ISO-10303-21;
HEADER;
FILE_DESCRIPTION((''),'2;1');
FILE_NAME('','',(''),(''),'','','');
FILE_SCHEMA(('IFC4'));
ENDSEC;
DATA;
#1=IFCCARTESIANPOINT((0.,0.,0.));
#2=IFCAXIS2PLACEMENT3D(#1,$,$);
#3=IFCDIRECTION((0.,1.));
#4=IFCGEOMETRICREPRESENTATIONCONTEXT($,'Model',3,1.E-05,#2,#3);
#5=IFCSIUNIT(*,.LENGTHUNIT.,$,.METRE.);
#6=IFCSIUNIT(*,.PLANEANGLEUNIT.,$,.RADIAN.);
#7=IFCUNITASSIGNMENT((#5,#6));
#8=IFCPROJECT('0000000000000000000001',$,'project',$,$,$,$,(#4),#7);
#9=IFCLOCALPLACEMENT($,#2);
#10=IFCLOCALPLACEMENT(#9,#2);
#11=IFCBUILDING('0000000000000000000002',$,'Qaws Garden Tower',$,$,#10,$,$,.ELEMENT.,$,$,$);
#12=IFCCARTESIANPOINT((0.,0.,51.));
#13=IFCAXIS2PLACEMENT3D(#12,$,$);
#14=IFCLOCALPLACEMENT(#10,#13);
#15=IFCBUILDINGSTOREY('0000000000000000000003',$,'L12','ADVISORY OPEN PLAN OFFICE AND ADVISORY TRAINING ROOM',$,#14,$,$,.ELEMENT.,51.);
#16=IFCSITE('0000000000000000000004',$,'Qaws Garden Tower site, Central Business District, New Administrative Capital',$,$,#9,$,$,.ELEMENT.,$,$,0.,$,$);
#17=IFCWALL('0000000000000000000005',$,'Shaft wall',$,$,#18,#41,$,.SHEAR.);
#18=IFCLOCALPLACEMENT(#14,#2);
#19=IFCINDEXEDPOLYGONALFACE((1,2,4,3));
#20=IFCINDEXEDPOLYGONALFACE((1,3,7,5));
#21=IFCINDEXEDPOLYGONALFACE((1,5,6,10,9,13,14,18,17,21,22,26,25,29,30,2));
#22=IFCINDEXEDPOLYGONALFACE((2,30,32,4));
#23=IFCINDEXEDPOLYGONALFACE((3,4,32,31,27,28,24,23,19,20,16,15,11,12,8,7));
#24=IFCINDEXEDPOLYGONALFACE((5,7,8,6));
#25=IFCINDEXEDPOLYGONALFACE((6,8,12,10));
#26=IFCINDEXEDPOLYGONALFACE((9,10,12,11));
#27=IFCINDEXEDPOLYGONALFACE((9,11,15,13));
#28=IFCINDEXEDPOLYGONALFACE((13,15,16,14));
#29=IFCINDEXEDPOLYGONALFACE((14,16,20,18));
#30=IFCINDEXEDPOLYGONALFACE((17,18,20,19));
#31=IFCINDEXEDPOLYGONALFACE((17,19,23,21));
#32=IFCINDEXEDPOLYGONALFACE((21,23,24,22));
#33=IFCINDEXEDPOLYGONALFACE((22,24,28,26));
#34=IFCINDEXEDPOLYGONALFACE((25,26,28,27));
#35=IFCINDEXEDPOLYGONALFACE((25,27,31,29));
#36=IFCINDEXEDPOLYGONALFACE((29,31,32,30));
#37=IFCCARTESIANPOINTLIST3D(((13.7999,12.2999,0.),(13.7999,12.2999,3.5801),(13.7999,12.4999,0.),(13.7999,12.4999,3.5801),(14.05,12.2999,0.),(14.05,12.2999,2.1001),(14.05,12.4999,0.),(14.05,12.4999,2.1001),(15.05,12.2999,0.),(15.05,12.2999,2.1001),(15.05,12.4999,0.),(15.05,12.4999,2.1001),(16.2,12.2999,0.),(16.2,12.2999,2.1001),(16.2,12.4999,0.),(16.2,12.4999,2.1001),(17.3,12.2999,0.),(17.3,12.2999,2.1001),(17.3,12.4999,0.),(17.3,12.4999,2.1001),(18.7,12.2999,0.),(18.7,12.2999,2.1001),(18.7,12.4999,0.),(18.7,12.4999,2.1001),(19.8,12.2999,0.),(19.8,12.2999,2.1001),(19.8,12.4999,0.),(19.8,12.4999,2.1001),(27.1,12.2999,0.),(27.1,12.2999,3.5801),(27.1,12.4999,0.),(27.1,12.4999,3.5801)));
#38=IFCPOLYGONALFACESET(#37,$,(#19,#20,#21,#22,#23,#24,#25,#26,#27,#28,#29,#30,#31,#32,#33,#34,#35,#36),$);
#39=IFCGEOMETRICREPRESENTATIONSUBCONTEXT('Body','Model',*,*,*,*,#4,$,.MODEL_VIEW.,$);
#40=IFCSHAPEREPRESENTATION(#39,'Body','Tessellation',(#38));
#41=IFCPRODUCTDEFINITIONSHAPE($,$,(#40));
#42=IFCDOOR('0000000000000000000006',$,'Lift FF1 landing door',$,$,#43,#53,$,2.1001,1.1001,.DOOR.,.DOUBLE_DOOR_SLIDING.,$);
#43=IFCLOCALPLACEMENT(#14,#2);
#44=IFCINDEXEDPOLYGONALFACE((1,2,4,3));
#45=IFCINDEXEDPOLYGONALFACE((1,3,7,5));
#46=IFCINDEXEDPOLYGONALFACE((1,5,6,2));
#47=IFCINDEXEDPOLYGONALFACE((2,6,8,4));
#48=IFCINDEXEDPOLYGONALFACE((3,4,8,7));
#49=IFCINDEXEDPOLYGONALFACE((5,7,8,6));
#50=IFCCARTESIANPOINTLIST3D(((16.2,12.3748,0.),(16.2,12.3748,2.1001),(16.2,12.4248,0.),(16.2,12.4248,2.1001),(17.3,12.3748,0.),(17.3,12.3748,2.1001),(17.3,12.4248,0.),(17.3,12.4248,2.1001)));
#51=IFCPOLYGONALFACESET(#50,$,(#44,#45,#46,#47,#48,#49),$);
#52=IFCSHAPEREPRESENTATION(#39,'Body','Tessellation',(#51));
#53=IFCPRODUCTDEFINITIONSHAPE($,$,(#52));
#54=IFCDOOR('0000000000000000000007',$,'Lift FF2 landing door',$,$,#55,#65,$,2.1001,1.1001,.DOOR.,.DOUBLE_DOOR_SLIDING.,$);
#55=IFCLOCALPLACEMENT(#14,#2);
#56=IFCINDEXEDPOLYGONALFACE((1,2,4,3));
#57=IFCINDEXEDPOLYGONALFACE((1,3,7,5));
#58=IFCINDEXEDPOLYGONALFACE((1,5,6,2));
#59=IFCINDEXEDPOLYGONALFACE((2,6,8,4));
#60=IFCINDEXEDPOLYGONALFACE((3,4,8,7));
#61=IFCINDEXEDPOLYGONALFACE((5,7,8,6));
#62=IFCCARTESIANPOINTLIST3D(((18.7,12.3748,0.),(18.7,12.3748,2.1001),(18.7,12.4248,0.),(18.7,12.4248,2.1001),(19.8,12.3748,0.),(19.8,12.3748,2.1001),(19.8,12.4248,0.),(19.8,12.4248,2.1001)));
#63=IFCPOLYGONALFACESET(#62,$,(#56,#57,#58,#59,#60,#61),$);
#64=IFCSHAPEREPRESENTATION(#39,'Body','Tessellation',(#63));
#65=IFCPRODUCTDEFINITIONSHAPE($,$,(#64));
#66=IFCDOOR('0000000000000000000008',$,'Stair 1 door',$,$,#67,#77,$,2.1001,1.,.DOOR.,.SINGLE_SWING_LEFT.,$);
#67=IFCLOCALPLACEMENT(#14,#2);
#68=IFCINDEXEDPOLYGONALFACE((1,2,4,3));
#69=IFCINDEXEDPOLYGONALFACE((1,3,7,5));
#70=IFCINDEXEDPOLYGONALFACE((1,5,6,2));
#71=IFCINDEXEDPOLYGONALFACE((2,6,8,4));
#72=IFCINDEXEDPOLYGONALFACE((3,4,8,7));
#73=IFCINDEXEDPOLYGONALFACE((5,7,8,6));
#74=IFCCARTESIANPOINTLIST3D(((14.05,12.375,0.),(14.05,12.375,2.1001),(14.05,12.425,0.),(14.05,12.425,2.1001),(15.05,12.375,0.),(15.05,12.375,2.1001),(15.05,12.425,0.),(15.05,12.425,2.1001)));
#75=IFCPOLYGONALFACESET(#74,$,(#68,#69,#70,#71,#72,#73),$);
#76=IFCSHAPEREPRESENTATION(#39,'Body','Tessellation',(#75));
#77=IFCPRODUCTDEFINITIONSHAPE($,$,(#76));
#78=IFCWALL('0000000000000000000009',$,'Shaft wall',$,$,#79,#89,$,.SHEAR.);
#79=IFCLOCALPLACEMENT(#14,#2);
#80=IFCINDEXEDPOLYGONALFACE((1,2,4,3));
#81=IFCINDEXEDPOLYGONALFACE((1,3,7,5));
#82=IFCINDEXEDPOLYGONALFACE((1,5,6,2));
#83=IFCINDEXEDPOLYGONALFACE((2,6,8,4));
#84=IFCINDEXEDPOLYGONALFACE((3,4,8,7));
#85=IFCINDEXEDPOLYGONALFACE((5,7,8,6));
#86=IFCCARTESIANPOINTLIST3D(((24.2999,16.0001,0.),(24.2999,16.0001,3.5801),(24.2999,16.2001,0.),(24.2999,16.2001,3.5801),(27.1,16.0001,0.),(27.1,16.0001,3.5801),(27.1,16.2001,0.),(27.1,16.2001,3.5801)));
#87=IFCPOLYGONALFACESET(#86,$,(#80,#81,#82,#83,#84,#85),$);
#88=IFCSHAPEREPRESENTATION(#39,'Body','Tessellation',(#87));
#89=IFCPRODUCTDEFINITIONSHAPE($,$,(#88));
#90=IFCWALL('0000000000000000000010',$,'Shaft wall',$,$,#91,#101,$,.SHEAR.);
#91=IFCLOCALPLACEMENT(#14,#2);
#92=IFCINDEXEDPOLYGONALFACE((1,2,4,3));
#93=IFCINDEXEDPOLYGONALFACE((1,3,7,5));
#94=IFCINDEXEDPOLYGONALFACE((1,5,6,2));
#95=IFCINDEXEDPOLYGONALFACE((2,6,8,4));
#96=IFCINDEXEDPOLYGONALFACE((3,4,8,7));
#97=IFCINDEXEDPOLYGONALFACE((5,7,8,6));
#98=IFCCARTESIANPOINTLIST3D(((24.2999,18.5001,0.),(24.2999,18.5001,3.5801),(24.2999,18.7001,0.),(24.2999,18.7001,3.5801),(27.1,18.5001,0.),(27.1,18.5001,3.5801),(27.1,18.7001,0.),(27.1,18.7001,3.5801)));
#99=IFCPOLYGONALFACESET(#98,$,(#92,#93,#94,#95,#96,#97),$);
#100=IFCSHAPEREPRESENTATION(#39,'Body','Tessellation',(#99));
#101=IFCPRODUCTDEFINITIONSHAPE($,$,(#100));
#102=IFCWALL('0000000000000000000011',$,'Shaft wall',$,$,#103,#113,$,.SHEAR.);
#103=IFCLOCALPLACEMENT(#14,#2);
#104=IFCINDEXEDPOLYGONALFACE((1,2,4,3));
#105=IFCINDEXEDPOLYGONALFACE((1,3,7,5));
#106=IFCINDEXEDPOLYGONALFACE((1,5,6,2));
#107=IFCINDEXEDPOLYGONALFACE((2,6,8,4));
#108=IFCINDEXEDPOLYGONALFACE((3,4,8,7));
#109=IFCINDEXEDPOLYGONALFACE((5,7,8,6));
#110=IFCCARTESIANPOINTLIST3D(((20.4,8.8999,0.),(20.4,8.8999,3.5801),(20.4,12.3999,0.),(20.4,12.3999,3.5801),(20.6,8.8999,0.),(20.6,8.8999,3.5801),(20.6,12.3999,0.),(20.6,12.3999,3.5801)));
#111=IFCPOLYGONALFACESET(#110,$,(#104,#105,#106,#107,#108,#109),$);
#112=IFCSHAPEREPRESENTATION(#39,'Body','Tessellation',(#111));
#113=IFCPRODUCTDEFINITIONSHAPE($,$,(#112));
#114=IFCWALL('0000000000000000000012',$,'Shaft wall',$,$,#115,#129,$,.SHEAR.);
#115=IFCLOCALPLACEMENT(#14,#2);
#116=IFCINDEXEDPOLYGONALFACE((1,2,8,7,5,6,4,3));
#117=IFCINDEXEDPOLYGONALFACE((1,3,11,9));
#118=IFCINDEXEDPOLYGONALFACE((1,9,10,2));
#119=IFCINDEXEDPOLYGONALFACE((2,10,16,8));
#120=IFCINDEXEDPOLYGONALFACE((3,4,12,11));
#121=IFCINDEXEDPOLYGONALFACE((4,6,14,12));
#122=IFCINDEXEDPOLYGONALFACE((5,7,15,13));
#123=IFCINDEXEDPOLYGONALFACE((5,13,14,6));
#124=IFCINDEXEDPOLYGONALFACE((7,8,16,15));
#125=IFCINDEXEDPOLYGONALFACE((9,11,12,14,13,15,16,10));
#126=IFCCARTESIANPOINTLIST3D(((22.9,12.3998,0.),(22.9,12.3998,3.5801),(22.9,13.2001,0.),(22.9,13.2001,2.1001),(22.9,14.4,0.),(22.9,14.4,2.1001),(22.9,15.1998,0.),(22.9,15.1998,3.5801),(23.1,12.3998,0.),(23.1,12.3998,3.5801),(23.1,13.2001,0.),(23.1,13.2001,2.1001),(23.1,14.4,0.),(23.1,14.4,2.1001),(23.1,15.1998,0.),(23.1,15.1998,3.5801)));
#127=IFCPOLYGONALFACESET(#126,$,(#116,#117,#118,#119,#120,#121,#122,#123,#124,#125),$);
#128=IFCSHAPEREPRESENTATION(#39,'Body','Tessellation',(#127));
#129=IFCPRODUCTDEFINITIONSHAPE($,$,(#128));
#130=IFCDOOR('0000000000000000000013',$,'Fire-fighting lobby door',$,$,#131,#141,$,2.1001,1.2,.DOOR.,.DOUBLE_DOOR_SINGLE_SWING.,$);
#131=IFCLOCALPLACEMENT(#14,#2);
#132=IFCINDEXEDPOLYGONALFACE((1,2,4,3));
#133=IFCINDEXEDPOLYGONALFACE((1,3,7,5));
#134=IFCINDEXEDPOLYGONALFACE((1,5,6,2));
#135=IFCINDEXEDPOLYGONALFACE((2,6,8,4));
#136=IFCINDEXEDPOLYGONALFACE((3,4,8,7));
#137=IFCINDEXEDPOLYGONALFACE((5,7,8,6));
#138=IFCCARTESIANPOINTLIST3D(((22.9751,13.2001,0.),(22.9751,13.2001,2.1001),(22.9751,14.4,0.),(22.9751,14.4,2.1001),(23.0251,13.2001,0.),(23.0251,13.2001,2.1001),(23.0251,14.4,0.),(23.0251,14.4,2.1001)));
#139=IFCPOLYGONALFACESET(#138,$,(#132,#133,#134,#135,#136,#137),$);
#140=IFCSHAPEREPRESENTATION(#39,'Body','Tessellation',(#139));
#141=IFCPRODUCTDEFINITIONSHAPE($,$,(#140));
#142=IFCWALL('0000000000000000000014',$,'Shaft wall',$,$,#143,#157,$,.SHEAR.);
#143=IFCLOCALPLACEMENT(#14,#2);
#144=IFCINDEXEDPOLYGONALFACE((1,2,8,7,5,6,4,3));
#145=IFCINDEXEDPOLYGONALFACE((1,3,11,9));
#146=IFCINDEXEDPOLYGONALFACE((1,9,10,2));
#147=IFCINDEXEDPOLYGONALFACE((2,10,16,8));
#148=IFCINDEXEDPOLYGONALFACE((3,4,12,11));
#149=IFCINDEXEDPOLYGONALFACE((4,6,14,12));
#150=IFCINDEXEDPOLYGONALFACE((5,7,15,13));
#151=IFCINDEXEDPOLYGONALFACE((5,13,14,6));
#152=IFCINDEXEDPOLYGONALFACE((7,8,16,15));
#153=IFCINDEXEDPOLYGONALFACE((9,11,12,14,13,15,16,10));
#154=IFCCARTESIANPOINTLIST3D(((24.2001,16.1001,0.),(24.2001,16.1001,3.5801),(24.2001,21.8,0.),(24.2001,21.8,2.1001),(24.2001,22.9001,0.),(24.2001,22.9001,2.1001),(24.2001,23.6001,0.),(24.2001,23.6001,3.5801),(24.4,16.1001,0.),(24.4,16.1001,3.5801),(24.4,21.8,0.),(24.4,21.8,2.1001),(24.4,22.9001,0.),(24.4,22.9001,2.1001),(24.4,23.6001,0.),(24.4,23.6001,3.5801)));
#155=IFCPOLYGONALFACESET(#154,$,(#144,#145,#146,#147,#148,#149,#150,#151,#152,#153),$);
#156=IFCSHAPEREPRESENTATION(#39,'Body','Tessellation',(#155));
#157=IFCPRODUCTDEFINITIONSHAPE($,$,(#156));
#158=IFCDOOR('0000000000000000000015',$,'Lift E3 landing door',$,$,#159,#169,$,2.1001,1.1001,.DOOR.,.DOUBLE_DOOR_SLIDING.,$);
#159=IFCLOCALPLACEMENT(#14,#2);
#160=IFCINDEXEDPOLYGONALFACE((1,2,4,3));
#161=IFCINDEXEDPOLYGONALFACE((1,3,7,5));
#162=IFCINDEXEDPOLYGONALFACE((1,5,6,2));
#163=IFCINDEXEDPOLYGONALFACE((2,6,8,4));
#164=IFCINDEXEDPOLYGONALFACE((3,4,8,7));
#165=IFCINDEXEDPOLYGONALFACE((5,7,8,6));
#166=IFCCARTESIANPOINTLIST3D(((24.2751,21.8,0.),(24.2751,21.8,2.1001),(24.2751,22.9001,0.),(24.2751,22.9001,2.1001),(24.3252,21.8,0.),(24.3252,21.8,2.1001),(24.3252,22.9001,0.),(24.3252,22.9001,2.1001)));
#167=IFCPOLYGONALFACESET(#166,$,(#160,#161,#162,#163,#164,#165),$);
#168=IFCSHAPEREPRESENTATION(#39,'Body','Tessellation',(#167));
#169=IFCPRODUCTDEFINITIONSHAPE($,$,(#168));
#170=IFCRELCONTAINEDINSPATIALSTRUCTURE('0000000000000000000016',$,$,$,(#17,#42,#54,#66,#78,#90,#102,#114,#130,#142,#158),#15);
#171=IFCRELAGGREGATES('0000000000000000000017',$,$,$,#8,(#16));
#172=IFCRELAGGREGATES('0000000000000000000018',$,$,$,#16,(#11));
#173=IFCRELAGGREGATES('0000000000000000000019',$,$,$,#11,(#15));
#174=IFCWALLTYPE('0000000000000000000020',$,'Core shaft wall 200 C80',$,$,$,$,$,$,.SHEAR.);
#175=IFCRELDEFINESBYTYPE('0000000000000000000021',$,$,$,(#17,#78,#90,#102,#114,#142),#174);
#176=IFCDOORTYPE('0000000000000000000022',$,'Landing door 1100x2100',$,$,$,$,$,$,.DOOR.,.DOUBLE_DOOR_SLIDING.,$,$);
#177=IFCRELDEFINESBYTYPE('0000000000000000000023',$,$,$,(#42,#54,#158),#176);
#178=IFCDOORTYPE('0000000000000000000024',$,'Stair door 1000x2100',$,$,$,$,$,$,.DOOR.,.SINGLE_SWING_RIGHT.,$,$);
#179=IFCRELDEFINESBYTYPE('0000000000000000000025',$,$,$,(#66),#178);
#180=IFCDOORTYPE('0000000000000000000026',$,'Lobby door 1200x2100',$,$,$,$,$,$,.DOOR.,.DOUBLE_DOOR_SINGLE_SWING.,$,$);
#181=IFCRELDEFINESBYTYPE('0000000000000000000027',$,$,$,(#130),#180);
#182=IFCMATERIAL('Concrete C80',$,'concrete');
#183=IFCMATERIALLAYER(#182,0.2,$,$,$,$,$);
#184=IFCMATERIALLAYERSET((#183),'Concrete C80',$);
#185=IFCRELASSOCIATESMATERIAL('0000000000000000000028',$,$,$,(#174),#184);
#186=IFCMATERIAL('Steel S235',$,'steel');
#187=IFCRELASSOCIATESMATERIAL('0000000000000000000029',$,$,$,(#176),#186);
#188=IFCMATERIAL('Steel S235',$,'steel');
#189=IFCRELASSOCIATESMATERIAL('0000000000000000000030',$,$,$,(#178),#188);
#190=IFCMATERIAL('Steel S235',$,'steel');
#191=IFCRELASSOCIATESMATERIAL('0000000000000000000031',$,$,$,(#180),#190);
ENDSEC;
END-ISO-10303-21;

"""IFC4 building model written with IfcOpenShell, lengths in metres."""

from ifc_helpers import new_model, si_unit, direction, frame, frame_2d, origin, place, context, subcontext, project, spatial, rectangle, extrude, material, layer, layer_set, type_object, element, fill, save


model = new_model("IFC4")

# Units and contexts
model_context = context("Model", 3, precision=1e-05, world=origin(), true_north=direction((0.0, 1.0)))
body_context = subcontext(model_context, "Body", "Model", "MODEL_VIEW")
ifc_project = project(units=[si_unit("LENGTHUNIT", "METRE"), si_unit("PLANEANGLEUNIT", "RADIAN")], contexts=[model_context])

# Site, building, storey
site_placement = place(None, origin())
site = spatial("IfcSite", under=ifc_project, at=site_placement, Name="Qaws Garden Tower site, Central Business District, New Administrative Capital", CompositionType="ELEMENT", RefElevation=0.0)
building_placement = place(site_placement, origin())
building = spatial("IfcBuilding", under=site, at=building_placement, Name="Qaws Garden Tower", CompositionType="ELEMENT")
storey_placement = place(building_placement, frame((0.0, 0.0, 51.0)))
storey = spatial("IfcBuildingStorey", under=building, at=storey_placement, Name="L12", Description="ADVISORY OPEN PLAN OFFICE AND ADVISORY TRAINING ROOM", CompositionType="ELEMENT", Elevation=51.0)

# Wall, openings, doors
ifc_material_1 = material(Name="Concrete C80", Category="concrete")
ifc_layer_1 = layer(ifc_material_1, 0.2)
ifc_layer_set_1 = layer_set([ifc_layer_1], Name="Concrete C80")
wall_type_1 = type_object("IfcWallType", Name="Core shaft wall 200 C80", PredefinedType="SHEAR", material=ifc_layer_set_1)
wall_1_placement = place(storey_placement, frame((13.8, 12.3999, 0.0), z_axis=(0.0, 0.0, 1.0), x_axis=(1.0, 0.0, 0.0)))
wall_1 = element("IfcWall", 1, at=wall_1_placement, inside=storey, type_object=wall_type_1, Name="Shaft wall", PredefinedType="SHEAR", context=body_context, shape_type="SweptSolid", body=[
    extrude(rectangle(XDim=13.3, YDim=0.2, at=frame_2d((6.6499, 0.0))), origin(), (0.0, 0.0, 1.0), 3.5801),
])
opening_1_placement = place(wall_1_placement, frame((2.3999, 0.0, 0.0)))
opening_1 = element("IfcOpeningElement", 2, at=opening_1_placement, cuts=wall_1, PredefinedType="OPENING", context=body_context, shape_type="SweptSolid", body=[
    extrude(rectangle(XDim=1.1001, YDim=2.1001, at=frame_2d((0.55, 1.05))), frame((0.0, 0.1099, 0.0), z_axis=(0.0, -1.0, 0.0), x_axis=(1.0, 0.0, 0.0)), (0.0, 0.0, 1.0), 0.22),
])
opening_2_placement = place(wall_1_placement, frame((4.8999, 0.0, 0.0)))
opening_2 = element("IfcOpeningElement", 3, at=opening_2_placement, cuts=wall_1, PredefinedType="OPENING", context=body_context, shape_type="SweptSolid", body=[
    extrude(rectangle(XDim=1.1001, YDim=2.1001, at=frame_2d((0.55, 1.05))), frame((0.0, 0.1099, 0.0), z_axis=(0.0, -1.0, 0.0), x_axis=(1.0, 0.0, 0.0)), (0.0, 0.0, 1.0), 0.22),
])
opening_3_placement = place(wall_1_placement, frame((0.25, 0.0, 0.0)))
opening_3 = element("IfcOpeningElement", 4, at=opening_3_placement, cuts=wall_1, PredefinedType="OPENING", context=body_context, shape_type="SweptSolid", body=[
    extrude(rectangle(XDim=1.0, YDim=2.1001, at=frame_2d((0.5, 1.05))), frame((0.0, 0.1099, 0.0), z_axis=(0.0, -1.0, 0.0), x_axis=(1.0, 0.0, 0.0)), (0.0, 0.0, 1.0), 0.22),
])
ifc_material_2 = material(Name="Steel S235", Category="steel")
door_type_1 = type_object("IfcDoorType", Name="Landing door 1100x2100", OperationType="DOUBLE_DOOR_SLIDING", PredefinedType="DOOR", material=ifc_material_2)
door_1_placement = place(opening_1_placement, origin())
door_1 = element("IfcDoor", 5, at=door_1_placement, inside=storey, type_object=door_type_1, Name="Lift FF1 landing door", OperationType="DOUBLE_DOOR_SLIDING", OverallHeight=2.1001, OverallWidth=1.1001, PredefinedType="DOOR", context=body_context, shape_type="SweptSolid", body=[
    extrude(rectangle(XDim=1.1001, YDim=2.1001, at=frame_2d((0.55, 1.05))), frame((0.0, 0.0249, 0.0), z_axis=(0.0, -1.0, 0.0), x_axis=(1.0, 0.0, 0.0)), (0.0, 0.0, 1.0), 0.05),
])
fill(opening_1, door_1)
door_2_placement = place(opening_2_placement, origin())
door_2 = element("IfcDoor", 6, at=door_2_placement, inside=storey, type_object=door_type_1, Name="Lift FF2 landing door", OperationType="DOUBLE_DOOR_SLIDING", OverallHeight=2.1001, OverallWidth=1.1001, PredefinedType="DOOR", context=body_context, shape_type="SweptSolid", body=[
    extrude(rectangle(XDim=1.1001, YDim=2.1001, at=frame_2d((0.55, 1.05))), frame((0.0, 0.0249, 0.0), z_axis=(0.0, -1.0, 0.0), x_axis=(1.0, 0.0, 0.0)), (0.0, 0.0, 1.0), 0.05),
])
fill(opening_2, door_2)
ifc_material_3 = material(Name="Steel S235", Category="steel")
door_type_2 = type_object("IfcDoorType", Name="Stair door 1000x2100", OperationType="SINGLE_SWING_RIGHT", PredefinedType="DOOR", material=ifc_material_3)
door_3_placement = place(opening_3_placement, frame((1.0, 0.0, 0.0), z_axis=(0.0, 0.0, 1.0), x_axis=(-1.0, 0.0, 0.0)))
door_3 = element("IfcDoor", 7, at=door_3_placement, inside=storey, type_object=door_type_2, Name="Stair 1 door", OperationType="SINGLE_SWING_LEFT", OverallHeight=2.1001, OverallWidth=1.0, PredefinedType="DOOR", context=body_context, shape_type="SweptSolid", body=[
    extrude(rectangle(XDim=1.0, YDim=2.1001, at=frame_2d((0.5, 1.05))), frame((0.0, 0.0249, 0.0), z_axis=(0.0, -1.0, 0.0), x_axis=(1.0, 0.0, 0.0)), (0.0, 0.0, 1.0), 0.05),
])
fill(opening_3, door_3)

# Walls
for number, where, z_axis, x_axis, name in (
    (8, (24.3, 16.1001, 0.0), (0.0, 0.0, 1.0), (1.0, 0.0, 0.0), "Shaft wall"),
    (9, (24.3, 18.6001, 0.0), (0.0, 0.0, 1.0), (1.0, 0.0, 0.0), "Shaft wall"),
):
    element("IfcWall", number, at=place(storey_placement, frame(where, z_axis=z_axis, x_axis=x_axis)), inside=storey, type_object=wall_type_1, Name=name, PredefinedType="SHEAR", context=body_context, shape_type="SweptSolid", body=[
        extrude(rectangle(XDim=2.8, YDim=0.2, at=frame_2d((1.3999, 0.0))), origin(), (0.0, 0.0, 1.0), 3.5801),
    ])
wall_2_placement = place(storey_placement, frame((20.5, 8.8999, 0.0), z_axis=(0.0, 0.0, 1.0), x_axis=(0.0, 1.0, 0.0)))
element("IfcWall", 10, at=wall_2_placement, inside=storey, type_object=wall_type_1, Name="Shaft wall", PredefinedType="SHEAR", context=body_context, shape_type="SweptSolid", body=[
    extrude(rectangle(XDim=3.5, YDim=0.2, at=frame_2d((1.75, 0.0))), origin(), (0.0, 0.0, 1.0), 3.5801),
])

# Walls, openings, doors
wall_3_placement = place(storey_placement, frame((23.0, 12.3999, 0.0), z_axis=(0.0, 0.0, 1.0), x_axis=(0.0, 1.0, 0.0)))
wall_3 = element("IfcWall", 11, at=wall_3_placement, inside=storey, type_object=wall_type_1, Name="Shaft wall", PredefinedType="SHEAR", context=body_context, shape_type="SweptSolid", body=[
    extrude(rectangle(XDim=2.8, YDim=0.2, at=frame_2d((1.3999, 0.0))), origin(), (0.0, 0.0, 1.0), 3.5801),
])
opening_4_placement = place(wall_3_placement, frame((0.8, 0.0, 0.0)))
opening_4 = element("IfcOpeningElement", 12, at=opening_4_placement, cuts=wall_3, PredefinedType="OPENING", context=body_context, shape_type="SweptSolid", body=[
    extrude(rectangle(XDim=1.2, YDim=2.1001, at=frame_2d((0.6001, 1.05))), frame((0.0, 0.1099, 0.0), z_axis=(0.0, -1.0, 0.0), x_axis=(1.0, 0.0, 0.0)), (0.0, 0.0, 1.0), 0.22),
])
ifc_material_4 = material(Name="Steel S235", Category="steel")
door_type_3 = type_object("IfcDoorType", Name="Lobby door 1200x2100", OperationType="DOUBLE_DOOR_SINGLE_SWING", PredefinedType="DOOR", material=ifc_material_4)
door_4_placement = place(opening_4_placement, origin())
door_4 = element("IfcDoor", 13, at=door_4_placement, inside=storey, type_object=door_type_3, Name="Fire-fighting lobby door", OperationType="DOUBLE_DOOR_SINGLE_SWING", OverallHeight=2.1001, OverallWidth=1.2, PredefinedType="DOOR", context=body_context, shape_type="SweptSolid", body=[
    extrude(rectangle(XDim=1.2, YDim=2.1001, at=frame_2d((0.6001, 1.05))), frame((0.0, 0.0249, 0.0), z_axis=(0.0, -1.0, 0.0), x_axis=(1.0, 0.0, 0.0)), (0.0, 0.0, 1.0), 0.05),
])
fill(opening_4, door_4)
wall_4_placement = place(storey_placement, frame((24.3, 16.1001, 0.0), z_axis=(0.0, 0.0, 1.0), x_axis=(0.0, 1.0, 0.0)))
wall_4 = element("IfcWall", 14, at=wall_4_placement, inside=storey, type_object=wall_type_1, Name="Shaft wall", PredefinedType="SHEAR", context=body_context, shape_type="SweptSolid", body=[
    extrude(rectangle(XDim=7.5, YDim=0.2, at=frame_2d((3.75, 0.0))), origin(), (0.0, 0.0, 1.0), 3.5801),
])
opening_5_placement = place(wall_4_placement, frame((5.7, 0.0, 0.0)))
opening_5 = element("IfcOpeningElement", 15, at=opening_5_placement, cuts=wall_4, PredefinedType="OPENING", context=body_context, shape_type="SweptSolid", body=[
    extrude(rectangle(XDim=1.1001, YDim=2.1001, at=frame_2d((0.55, 1.05))), frame((0.0, 0.1099, 0.0), z_axis=(0.0, -1.0, 0.0), x_axis=(1.0, 0.0, 0.0)), (0.0, 0.0, 1.0), 0.22),
])
door_5_placement = place(opening_5_placement, origin())
door_5 = element("IfcDoor", 16, at=door_5_placement, inside=storey, type_object=door_type_1, Name="Lift E3 landing door", OperationType="DOUBLE_DOOR_SLIDING", OverallHeight=2.1001, OverallWidth=1.1001, PredefinedType="DOOR", context=body_context, shape_type="SweptSolid", body=[
    extrude(rectangle(XDim=1.1001, YDim=2.1001, at=frame_2d((0.55, 1.05))), frame((0.0, 0.0249, 0.0), z_axis=(0.0, -1.0, 0.0), x_axis=(1.0, 0.0, 0.0)), (0.0, 0.0, 1.0), 0.05),
])
fill(opening_5, door_5)

save(model, "model.ifc")
